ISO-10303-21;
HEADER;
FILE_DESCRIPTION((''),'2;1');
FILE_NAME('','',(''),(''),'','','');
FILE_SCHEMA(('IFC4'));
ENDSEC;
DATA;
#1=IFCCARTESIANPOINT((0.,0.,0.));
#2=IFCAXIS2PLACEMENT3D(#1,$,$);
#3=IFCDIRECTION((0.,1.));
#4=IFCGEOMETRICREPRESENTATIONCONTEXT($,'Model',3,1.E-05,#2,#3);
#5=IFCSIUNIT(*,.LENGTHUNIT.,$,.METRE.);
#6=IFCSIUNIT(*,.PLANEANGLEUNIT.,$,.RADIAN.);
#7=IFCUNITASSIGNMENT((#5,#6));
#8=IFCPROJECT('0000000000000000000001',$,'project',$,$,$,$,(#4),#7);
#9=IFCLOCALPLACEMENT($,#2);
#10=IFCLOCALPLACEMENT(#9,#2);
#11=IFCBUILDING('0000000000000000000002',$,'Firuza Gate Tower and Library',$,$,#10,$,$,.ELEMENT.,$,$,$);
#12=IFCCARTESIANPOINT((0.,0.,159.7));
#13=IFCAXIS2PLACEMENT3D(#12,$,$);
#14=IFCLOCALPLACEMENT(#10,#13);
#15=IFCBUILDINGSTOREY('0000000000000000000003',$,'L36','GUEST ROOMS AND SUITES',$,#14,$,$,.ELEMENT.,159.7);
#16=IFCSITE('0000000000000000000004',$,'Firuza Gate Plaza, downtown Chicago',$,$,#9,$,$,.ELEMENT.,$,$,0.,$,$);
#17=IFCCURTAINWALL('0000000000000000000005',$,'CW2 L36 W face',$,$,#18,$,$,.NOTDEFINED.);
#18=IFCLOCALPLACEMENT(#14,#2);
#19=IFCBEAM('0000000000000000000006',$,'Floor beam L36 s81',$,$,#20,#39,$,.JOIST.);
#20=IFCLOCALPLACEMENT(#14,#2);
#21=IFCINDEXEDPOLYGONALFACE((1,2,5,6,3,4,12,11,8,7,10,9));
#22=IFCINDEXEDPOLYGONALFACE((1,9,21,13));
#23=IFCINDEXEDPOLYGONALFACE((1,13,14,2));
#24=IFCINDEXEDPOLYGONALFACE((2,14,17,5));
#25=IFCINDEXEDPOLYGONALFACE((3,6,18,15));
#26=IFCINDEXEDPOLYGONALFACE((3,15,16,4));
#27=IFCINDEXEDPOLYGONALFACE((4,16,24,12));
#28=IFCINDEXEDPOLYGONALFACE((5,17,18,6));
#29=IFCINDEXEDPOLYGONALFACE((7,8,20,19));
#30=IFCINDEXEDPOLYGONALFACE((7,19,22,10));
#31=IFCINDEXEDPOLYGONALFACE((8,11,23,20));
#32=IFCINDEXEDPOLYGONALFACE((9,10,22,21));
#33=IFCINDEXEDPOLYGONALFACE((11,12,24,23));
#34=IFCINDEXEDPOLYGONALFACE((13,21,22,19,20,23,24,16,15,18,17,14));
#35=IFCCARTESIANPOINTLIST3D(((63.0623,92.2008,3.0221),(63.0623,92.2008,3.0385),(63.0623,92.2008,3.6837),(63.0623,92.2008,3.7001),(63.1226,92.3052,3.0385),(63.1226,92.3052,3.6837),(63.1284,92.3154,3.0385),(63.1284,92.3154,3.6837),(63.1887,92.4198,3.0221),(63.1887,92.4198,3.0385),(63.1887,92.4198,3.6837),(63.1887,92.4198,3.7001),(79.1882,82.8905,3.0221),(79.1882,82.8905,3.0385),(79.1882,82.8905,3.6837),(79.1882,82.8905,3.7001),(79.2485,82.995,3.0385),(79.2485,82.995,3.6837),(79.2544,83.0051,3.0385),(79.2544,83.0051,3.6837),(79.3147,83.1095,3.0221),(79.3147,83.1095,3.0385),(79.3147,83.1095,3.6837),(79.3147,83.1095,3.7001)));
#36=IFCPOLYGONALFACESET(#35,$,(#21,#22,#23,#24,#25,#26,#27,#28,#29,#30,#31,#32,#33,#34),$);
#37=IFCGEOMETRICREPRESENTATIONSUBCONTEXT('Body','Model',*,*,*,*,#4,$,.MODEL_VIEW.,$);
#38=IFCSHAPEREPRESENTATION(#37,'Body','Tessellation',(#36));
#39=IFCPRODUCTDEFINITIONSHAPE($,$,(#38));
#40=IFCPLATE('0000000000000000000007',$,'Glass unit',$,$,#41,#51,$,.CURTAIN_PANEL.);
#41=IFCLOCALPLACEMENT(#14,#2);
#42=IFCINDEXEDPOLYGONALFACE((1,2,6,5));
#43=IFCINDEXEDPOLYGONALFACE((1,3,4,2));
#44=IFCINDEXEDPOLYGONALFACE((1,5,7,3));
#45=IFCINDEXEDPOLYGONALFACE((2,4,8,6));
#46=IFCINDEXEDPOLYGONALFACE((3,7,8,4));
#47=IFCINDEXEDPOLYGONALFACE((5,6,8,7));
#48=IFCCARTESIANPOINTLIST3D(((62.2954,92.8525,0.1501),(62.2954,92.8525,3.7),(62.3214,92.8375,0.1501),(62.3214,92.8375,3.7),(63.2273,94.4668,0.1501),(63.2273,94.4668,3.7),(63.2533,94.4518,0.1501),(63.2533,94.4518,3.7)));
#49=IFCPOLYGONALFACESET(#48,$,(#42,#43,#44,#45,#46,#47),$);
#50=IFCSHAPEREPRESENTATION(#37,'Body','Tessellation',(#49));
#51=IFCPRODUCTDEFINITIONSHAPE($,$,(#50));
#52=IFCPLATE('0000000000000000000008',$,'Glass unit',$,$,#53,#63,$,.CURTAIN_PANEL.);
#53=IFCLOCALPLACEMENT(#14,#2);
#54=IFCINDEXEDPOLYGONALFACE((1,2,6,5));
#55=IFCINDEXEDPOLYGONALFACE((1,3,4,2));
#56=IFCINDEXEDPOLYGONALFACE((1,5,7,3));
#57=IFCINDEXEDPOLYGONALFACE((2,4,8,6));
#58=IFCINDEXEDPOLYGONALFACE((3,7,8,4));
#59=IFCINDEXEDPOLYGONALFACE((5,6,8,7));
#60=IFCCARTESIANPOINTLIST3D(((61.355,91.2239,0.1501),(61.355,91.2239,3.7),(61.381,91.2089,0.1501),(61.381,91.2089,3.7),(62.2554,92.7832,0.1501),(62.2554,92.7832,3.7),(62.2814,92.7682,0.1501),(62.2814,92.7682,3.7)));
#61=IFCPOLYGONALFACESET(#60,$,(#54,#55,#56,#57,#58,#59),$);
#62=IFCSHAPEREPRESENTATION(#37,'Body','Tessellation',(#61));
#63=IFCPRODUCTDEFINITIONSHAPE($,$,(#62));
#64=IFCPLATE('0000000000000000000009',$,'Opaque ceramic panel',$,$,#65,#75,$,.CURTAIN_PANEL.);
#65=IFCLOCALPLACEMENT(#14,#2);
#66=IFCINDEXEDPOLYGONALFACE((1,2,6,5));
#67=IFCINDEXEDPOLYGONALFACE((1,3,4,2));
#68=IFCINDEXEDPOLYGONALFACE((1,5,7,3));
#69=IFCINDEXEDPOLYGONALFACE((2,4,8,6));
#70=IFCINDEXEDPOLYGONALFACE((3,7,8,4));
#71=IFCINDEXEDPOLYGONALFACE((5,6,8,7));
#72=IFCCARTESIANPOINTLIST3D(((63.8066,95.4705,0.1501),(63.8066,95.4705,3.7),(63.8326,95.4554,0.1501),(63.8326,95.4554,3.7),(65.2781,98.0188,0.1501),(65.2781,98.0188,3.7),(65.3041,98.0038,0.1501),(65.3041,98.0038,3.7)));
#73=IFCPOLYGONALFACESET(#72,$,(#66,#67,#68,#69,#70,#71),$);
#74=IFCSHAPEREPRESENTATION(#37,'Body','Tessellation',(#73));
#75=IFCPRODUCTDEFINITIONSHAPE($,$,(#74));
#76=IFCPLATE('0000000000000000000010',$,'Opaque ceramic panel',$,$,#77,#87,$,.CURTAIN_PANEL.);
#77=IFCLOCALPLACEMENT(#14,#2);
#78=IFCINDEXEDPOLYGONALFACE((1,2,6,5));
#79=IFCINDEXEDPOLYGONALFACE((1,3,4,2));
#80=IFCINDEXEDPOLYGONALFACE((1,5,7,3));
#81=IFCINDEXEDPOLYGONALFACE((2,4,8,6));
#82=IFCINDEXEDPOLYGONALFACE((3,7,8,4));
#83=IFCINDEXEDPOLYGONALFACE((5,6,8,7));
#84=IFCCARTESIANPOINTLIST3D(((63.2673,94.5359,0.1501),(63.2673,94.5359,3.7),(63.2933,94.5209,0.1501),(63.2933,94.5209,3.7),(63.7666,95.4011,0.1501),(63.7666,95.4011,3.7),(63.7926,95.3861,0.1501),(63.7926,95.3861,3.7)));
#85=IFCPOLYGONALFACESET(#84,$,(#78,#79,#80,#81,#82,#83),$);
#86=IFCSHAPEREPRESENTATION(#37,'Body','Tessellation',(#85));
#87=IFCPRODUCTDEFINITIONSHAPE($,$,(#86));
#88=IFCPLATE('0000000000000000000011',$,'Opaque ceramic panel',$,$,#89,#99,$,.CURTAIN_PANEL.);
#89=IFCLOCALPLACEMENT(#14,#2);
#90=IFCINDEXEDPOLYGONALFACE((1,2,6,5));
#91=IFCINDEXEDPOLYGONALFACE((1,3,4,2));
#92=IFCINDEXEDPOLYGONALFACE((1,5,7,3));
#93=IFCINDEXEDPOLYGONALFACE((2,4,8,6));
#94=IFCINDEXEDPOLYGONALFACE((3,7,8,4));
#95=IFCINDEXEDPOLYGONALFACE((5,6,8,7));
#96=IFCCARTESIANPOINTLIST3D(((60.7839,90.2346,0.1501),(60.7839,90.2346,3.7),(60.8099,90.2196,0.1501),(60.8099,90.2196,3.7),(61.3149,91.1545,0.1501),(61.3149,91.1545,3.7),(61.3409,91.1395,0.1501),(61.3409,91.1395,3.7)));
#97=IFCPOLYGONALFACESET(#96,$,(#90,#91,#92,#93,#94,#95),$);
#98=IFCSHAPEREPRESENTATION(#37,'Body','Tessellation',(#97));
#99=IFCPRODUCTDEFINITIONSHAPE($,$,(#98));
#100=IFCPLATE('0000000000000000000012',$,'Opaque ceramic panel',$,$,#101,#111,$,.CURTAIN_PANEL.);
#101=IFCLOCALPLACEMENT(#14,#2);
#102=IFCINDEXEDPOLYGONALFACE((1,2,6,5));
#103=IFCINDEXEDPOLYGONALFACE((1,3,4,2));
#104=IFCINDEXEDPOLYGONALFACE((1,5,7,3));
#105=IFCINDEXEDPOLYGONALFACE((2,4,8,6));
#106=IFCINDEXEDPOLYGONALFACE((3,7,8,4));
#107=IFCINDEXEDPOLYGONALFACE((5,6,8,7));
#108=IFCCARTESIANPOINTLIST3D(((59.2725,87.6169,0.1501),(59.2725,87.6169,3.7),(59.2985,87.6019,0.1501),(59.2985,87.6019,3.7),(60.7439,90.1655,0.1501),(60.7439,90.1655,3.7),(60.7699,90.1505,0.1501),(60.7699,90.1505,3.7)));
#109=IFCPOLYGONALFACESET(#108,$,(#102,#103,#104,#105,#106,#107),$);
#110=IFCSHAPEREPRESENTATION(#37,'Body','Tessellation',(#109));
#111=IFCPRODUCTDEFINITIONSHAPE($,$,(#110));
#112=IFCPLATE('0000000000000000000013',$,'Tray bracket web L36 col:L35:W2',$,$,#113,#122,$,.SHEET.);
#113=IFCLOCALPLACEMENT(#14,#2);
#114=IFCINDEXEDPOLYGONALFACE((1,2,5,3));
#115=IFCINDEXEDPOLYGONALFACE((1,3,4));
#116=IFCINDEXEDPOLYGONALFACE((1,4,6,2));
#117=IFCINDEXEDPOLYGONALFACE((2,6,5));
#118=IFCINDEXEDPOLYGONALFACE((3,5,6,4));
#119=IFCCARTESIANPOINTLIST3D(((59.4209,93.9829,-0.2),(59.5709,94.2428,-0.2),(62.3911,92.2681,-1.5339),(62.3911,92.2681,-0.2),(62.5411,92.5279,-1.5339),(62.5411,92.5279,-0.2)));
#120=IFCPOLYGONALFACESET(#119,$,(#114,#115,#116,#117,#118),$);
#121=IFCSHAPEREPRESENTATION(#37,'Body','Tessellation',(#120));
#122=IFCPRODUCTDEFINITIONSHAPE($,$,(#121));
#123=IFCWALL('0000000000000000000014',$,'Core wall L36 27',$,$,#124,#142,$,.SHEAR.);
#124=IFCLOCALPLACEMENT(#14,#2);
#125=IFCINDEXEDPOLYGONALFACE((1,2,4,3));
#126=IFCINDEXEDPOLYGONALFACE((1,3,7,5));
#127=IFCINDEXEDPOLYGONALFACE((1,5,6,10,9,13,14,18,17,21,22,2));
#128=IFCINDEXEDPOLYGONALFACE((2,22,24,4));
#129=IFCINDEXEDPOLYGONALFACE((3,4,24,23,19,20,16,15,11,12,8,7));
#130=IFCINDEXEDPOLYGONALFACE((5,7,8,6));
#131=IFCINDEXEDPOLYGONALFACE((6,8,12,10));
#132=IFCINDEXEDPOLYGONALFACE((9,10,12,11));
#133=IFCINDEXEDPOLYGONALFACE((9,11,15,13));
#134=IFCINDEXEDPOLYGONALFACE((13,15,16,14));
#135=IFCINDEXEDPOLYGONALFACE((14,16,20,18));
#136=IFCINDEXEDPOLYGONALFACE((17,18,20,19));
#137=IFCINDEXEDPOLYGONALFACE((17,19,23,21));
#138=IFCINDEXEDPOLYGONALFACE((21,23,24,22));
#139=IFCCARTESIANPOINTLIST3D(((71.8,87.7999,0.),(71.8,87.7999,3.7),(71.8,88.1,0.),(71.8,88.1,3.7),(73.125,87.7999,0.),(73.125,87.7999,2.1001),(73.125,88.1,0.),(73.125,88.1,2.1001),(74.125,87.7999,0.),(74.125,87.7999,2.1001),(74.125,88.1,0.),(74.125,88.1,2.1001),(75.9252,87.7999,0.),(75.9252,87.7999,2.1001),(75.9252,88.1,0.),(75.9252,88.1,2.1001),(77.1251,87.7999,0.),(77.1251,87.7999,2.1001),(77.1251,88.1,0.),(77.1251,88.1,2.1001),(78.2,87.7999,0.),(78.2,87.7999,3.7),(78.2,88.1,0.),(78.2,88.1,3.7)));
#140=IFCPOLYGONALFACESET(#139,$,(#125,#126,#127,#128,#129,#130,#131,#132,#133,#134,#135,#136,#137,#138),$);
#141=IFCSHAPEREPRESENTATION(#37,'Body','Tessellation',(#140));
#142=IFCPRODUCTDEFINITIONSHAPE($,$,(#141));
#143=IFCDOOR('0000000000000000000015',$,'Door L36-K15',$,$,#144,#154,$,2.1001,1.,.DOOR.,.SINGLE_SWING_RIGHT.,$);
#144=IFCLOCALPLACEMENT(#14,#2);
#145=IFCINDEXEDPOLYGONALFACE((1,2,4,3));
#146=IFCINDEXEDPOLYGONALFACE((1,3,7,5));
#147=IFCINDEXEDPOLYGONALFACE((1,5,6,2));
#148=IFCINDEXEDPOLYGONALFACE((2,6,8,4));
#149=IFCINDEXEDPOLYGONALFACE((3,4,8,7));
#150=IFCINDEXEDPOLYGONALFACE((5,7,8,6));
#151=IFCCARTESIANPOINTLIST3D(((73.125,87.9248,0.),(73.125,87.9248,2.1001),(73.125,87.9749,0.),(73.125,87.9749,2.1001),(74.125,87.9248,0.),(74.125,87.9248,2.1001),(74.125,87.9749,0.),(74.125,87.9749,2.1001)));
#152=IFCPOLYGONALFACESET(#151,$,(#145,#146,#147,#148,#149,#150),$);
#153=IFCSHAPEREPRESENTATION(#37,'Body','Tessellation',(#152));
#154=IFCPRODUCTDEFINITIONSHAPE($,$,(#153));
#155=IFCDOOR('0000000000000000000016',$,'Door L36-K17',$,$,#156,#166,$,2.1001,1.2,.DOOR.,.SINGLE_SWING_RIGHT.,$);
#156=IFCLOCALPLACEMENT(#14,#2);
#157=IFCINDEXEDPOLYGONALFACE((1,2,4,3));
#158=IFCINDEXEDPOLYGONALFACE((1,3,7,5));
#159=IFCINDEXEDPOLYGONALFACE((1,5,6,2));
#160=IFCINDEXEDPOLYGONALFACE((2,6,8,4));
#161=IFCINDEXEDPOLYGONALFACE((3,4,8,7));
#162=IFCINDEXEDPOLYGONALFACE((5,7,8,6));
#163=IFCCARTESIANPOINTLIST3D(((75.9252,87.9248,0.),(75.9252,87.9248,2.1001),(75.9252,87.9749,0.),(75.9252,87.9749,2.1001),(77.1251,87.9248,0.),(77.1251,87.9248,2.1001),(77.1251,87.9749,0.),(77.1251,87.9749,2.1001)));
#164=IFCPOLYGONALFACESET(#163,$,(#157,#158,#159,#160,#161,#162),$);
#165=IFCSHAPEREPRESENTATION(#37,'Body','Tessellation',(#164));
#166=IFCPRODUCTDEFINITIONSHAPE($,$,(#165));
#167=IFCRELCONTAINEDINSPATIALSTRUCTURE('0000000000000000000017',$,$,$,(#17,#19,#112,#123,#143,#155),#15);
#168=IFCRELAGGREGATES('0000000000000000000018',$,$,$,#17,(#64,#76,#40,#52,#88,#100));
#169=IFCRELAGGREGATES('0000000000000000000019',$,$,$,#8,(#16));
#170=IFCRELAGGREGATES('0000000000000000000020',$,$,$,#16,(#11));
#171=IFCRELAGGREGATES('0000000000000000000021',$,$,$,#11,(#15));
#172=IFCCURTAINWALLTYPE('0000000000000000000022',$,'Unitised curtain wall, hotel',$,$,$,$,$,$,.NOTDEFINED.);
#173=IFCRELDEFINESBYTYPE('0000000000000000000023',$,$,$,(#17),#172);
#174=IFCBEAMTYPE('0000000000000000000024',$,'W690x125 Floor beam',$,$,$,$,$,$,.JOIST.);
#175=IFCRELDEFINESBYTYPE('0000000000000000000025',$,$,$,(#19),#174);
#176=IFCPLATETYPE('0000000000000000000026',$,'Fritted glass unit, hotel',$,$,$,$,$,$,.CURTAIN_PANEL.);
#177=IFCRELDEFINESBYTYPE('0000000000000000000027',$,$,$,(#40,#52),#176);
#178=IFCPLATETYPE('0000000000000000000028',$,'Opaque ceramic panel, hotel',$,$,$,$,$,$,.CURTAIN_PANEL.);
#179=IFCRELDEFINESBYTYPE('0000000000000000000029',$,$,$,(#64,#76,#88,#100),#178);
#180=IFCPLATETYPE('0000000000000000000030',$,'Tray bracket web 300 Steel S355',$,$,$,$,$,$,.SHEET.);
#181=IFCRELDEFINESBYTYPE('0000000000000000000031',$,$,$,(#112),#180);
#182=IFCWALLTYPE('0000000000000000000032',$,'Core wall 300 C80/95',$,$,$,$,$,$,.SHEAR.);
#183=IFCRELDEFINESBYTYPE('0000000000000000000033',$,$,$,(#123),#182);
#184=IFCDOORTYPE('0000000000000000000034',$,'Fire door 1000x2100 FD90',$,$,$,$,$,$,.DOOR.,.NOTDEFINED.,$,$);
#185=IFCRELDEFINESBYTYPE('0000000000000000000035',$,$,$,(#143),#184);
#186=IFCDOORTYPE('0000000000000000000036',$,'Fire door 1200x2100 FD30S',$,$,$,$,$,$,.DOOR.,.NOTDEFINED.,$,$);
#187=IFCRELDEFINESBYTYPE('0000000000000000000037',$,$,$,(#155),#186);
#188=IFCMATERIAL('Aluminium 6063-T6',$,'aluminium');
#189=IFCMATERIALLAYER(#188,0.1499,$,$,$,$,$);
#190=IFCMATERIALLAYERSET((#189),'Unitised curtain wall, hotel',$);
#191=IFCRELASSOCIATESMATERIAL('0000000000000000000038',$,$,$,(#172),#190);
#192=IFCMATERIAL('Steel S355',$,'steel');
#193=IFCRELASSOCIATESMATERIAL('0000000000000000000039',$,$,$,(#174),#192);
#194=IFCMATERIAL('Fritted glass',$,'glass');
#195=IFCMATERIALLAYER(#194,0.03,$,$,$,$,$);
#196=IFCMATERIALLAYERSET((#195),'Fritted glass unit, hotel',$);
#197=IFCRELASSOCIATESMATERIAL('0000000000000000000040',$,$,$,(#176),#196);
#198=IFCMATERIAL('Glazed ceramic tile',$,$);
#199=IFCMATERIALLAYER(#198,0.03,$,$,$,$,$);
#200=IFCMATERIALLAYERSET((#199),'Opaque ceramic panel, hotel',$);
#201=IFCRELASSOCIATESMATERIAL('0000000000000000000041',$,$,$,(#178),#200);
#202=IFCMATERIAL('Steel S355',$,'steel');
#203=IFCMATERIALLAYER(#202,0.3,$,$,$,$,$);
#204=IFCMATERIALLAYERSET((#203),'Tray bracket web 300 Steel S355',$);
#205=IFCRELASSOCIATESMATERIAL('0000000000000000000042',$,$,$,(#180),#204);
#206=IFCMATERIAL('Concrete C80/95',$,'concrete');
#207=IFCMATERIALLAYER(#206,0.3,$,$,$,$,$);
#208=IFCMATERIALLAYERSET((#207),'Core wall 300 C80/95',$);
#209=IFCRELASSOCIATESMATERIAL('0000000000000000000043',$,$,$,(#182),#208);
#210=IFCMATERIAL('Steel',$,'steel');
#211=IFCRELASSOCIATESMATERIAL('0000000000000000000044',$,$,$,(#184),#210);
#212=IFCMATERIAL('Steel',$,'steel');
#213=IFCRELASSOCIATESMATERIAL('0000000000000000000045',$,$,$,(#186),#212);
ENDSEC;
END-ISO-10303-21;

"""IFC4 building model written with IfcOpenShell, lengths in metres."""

from ifc_helpers import new_model, si_unit, direction, frame, frame_2d, origin, origin_2d, place, context, subcontext, project, spatial, polyline, rectangle, i_section, outline, extrude, material, layer, layer_set, material_profile, profile_set, type_object, element, fill, aggregate, save


model = new_model("IFC4")

# Units and contexts
model_context = context("Model", 3, precision=1e-05, world=origin(), true_north=direction((0.0, 1.0)))
body_context = subcontext(model_context, "Body", "Model", "MODEL_VIEW")
ifc_project = project(units=[si_unit("LENGTHUNIT", "METRE"), si_unit("PLANEANGLEUNIT", "RADIAN")], contexts=[model_context])

# Site, building, storey
site_placement = place(None, origin())
site = spatial("IfcSite", under=ifc_project, at=site_placement, Name="Firuza Gate Plaza, downtown Chicago", CompositionType="ELEMENT", RefElevation=0.0)
building_placement = place(site_placement, origin())
building = spatial("IfcBuilding", under=site, at=building_placement, Name="Firuza Gate Tower and Library", CompositionType="ELEMENT")
storey_placement = place(building_placement, frame((0.0, 0.0, 159.7)))
storey = spatial("IfcBuildingStorey", under=building, at=storey_placement, Name="L36", Description="GUEST ROOMS AND SUITES", CompositionType="ELEMENT", Elevation=159.7)

# Curtain wall
ifc_material_1 = material(Name="Aluminium 6063-T6", Category="aluminium")
ifc_layer_1 = layer(ifc_material_1, 0.1499)
ifc_layer_set_1 = layer_set([ifc_layer_1], Name="Unitised curtain wall, hotel")
curtain_wall_type = type_object("IfcCurtainWallType", Name="Unitised curtain wall, hotel", PredefinedType="NOTDEFINED", material=ifc_layer_set_1)
placement = place(storey_placement, origin())
curtain_wall = element("IfcCurtainWall", 1, at=placement, inside=storey, type_object=curtain_wall_type, Name="CW2 L36 W face", PredefinedType="NOTDEFINED")

# Beam
ifc_material_2 = material(Name="Steel S355", Category="steel")
ifc_material_profile_1 = material_profile(ifc_material_2, i_section(OverallWidth=0.2529, OverallDepth=0.678, WebThickness=0.0117, FlangeThickness=0.0164, at=origin_2d()))
ifc_profile_set_1 = profile_set([ifc_material_profile_1], Name="Steel S355")
beam_type_1 = type_object("IfcBeamType", Name="W690x125 Floor beam", PredefinedType="JOIST", material=ifc_profile_set_1)
beam_1_placement = place(storey_placement, frame((63.1255, 92.3103, 3.3611), z_axis=(0.866026, -0.499999, 0.0), x_axis=(0.499999, 0.866026, 0.0)))
element("IfcBeam", 2, at=beam_1_placement, inside=storey, type_object=beam_type_1, Name="Floor beam L36 s81", PredefinedType="JOIST", context=body_context, shape_type="SweptSolid", body=[
    extrude(i_section(OverallWidth=0.2529, OverallDepth=0.678, WebThickness=0.0117, FlangeThickness=0.0164, at=origin_2d()), origin(), (0.0, 0.0, 1.0), 18.6206),
])

# Plates
ifc_material_3 = material(Name="Fritted glass", Category="glass")
ifc_layer_2 = layer(ifc_material_3, 0.03)
ifc_layer_set_2 = layer_set([ifc_layer_2], Name="Fritted glass unit, hotel")
plate_type_1 = type_object("IfcPlateType", Name="Fritted glass unit, hotel", PredefinedType="CURTAIN_PANEL", material=ifc_layer_set_2)
plate_1_placement = place(storey_placement, frame((63.2273, 94.4668, 0.1501), z_axis=(-0.86605, 0.499957, 0.0), x_axis=(-0.499957, -0.86605, 0.0)))
plate_1 = element("IfcPlate", 3, at=plate_1_placement, type_object=plate_type_1, Name="Glass unit", PredefinedType="CURTAIN_PANEL", context=body_context, shape_type="SweptSolid", body=[
    extrude(outline(polyline([(0.0, 0.0), (1.8639, 0.0), (1.8639, 3.5498), (0.0, 3.5498), (0.0, 0.0)])), origin(), (0.0, 0.0, -1.0), 0.03),
])
plate_2_placement = place(storey_placement, frame((62.2554, 92.7832, 0.1501), z_axis=(-0.865998, 0.500047, 0.0), x_axis=(-0.500047, -0.865998, 0.0)))
plate_2 = element("IfcPlate", 4, at=plate_2_placement, type_object=plate_type_1, Name="Glass unit", PredefinedType="CURTAIN_PANEL", context=body_context, shape_type="SweptSolid", body=[
    extrude(outline(polyline([(0.0, 0.0), (1.8006, 0.0), (1.8006, 3.5498), (0.0, 3.5498), (0.0, 0.0)])), origin(), (0.0, 0.0, -1.0), 0.03),
])
ifc_material_4 = material(Name="Glazed ceramic tile")
ifc_layer_3 = layer(ifc_material_4, 0.03)
ifc_layer_set_3 = layer_set([ifc_layer_3], Name="Opaque ceramic panel, hotel")
plate_type_2 = type_object("IfcPlateType", Name="Opaque ceramic panel, hotel", PredefinedType="CURTAIN_PANEL", material=ifc_layer_set_3)
plate_3_placement = place(storey_placement, frame((65.2781, 98.0188, 0.1501), z_axis=(-0.866003, 0.500038, 0.0), x_axis=(-0.500038, -0.866003, 0.0)))
plate_3 = element("IfcPlate", 5, at=plate_3_placement, type_object=plate_type_2, Name="Opaque ceramic panel", PredefinedType="CURTAIN_PANEL", context=body_context, shape_type="SweptSolid", body=[
    extrude(outline(polyline([(0.0, 0.0), (2.9426, 0.0), (2.9426, 3.5498), (0.0, 3.5498), (0.0, 0.0)])), origin(), (0.0, 0.0, -1.0), 0.03),
])
plate_4_placement = place(storey_placement, frame((63.7666, 95.4011, 0.1501), z_axis=(-0.866145, 0.499793, 0.0), x_axis=(-0.499793, -0.866145, 0.0)))
plate_4 = element("IfcPlate", 6, at=plate_4_placement, type_object=plate_type_2, Name="Opaque ceramic panel", PredefinedType="CURTAIN_PANEL", context=body_context, shape_type="SweptSolid", body=[
    extrude(outline(polyline([(0.0, 0.0), (0.9989, 0.0), (0.9989, 3.5498), (0.0, 3.5498), (0.0, 0.0)])), origin(), (0.0, 0.0, -1.0), 0.03),
])
plate_5_placement = place(storey_placement, frame((61.3149, 91.1545, 0.1501), z_axis=(-0.866071, 0.499921, 0.0), x_axis=(-0.499921, -0.866071, 0.0)))
plate_5 = element("IfcPlate", 7, at=plate_5_placement, type_object=plate_type_2, Name="Opaque ceramic panel", PredefinedType="CURTAIN_PANEL", context=body_context, shape_type="SweptSolid", body=[
    extrude(outline(polyline([(0.0, 0.0), (1.0622, 0.0), (1.0622, 3.5498), (0.0, 3.5498), (0.0, 0.0)])), origin(), (0.0, 0.0, -1.0), 0.03),
])
plate_6_placement = place(storey_placement, frame((60.7439, 90.1655, 0.1501), z_axis=(-0.866024, 0.500003, 0.0), x_axis=(-0.500003, -0.866024, 0.0)))
plate_6 = element("IfcPlate", 8, at=plate_6_placement, type_object=plate_type_2, Name="Opaque ceramic panel", PredefinedType="CURTAIN_PANEL", context=body_context, shape_type="SweptSolid", body=[
    extrude(outline(polyline([(0.0, 0.0), (2.9429, 0.0), (2.9429, 3.5498), (0.0, 3.5498), (0.0, 0.0)])), origin(), (0.0, 0.0, -1.0), 0.03),
])
aggregate(curtain_wall, [plate_3, plate_4, plate_1, plate_2, plate_5, plate_6])
ifc_material_5 = material(Name="Steel S355", Category="steel")
ifc_layer_4 = layer(ifc_material_5, 0.3)
ifc_layer_set_4 = layer_set([ifc_layer_4], Name="Tray bracket web 300 Steel S355")
plate_type_3 = type_object("IfcPlateType", Name="Tray bracket web 300 Steel S355", PredefinedType="SHEET", material=ifc_layer_set_4)
plate_7_placement = place(storey_placement, frame((62.3911, 92.2681, -0.2), z_axis=(-0.499998, -0.866027, 0.0), x_axis=(-0.866027, 0.499998, 0.0)))
element("IfcPlate", 9, at=plate_7_placement, inside=storey, type_object=plate_type_3, Name="Tray bracket web L36 col:L35:W2", PredefinedType="SHEET", context=body_context, shape_type="SweptSolid", body=[
    extrude(outline(polyline([(0.0, 0.0), (3.4297, 0.0), (0.0, 1.334), (0.0, 0.0)])), origin(), (0.0, 0.0, -1.0), 0.3),
])

# Wall, openings, doors
ifc_material_6 = material(Name="Concrete C80/95", Category="concrete")
ifc_layer_5 = layer(ifc_material_6, 0.3)
ifc_layer_set_5 = layer_set([ifc_layer_5], Name="Core wall 300 C80/95")
wall_type_1 = type_object("IfcWallType", Name="Core wall 300 C80/95", PredefinedType="SHEAR", material=ifc_layer_set_5)
wall_1_placement = place(storey_placement, frame((71.8, 87.95, 0.0), z_axis=(0.0, 0.0, 1.0), x_axis=(1.0, 0.0, 0.0)))
wall_1 = element("IfcWall", 10, at=wall_1_placement, inside=storey, type_object=wall_type_1, Name="Core wall L36 27", PredefinedType="SHEAR", context=body_context, shape_type="SweptSolid", body=[
    extrude(rectangle(XDim=6.3999, YDim=0.3, at=frame_2d((3.2, 0.0))), origin(), (0.0, 0.0, 1.0), 3.7),
])
opening_1_placement = place(wall_1_placement, frame((1.325, 0.0, 0.0)))
opening_1 = element("IfcOpeningElement", 11, at=opening_1_placement, cuts=wall_1, PredefinedType="OPENING", context=body_context, shape_type="SweptSolid", body=[
    extrude(rectangle(XDim=1.0, YDim=2.1001, at=frame_2d((0.5, 1.05))), frame((0.0, 0.1602, 0.0), z_axis=(0.0, -1.0, 0.0), x_axis=(1.0, 0.0, 0.0)), (0.0, 0.0, 1.0), 0.3201),
])
opening_2_placement = place(wall_1_placement, frame((4.125, 0.0, 0.0)))
opening_2 = element("IfcOpeningElement", 12, at=opening_2_placement, cuts=wall_1, PredefinedType="OPENING", context=body_context, shape_type="SweptSolid", body=[
    extrude(rectangle(XDim=1.2, YDim=2.1001, at=frame_2d((0.6001, 1.05))), frame((0.0, 0.1602, 0.0), z_axis=(0.0, -1.0, 0.0), x_axis=(1.0, 0.0, 0.0)), (0.0, 0.0, 1.0), 0.3201),
])
ifc_material_7 = material(Name="Steel", Category="steel")
door_type_1 = type_object("IfcDoorType", Name="Fire door 1000x2100 FD90", OperationType="NOTDEFINED", PredefinedType="DOOR", material=ifc_material_7)
door_1_placement = place(opening_1_placement, origin())
door_1 = element("IfcDoor", 13, at=door_1_placement, inside=storey, type_object=door_type_1, Name="Door L36-K15", OperationType="SINGLE_SWING_RIGHT", OverallHeight=2.1001, OverallWidth=1.0, PredefinedType="DOOR", context=body_context, shape_type="SweptSolid", body=[
    extrude(rectangle(XDim=1.0, YDim=2.1001, at=frame_2d((0.5, 1.05))), frame((0.0, 0.0249, 0.0), z_axis=(0.0, -1.0, 0.0), x_axis=(1.0, 0.0, 0.0)), (0.0, 0.0, 1.0), 0.05),
])
fill(opening_1, door_1)
ifc_material_8 = material(Name="Steel", Category="steel")
door_type_2 = type_object("IfcDoorType", Name="Fire door 1200x2100 FD30S", OperationType="NOTDEFINED", PredefinedType="DOOR", material=ifc_material_8)
door_2_placement = place(opening_2_placement, origin())
door_2 = element("IfcDoor", 14, at=door_2_placement, inside=storey, type_object=door_type_2, Name="Door L36-K17", OperationType="SINGLE_SWING_RIGHT", OverallHeight=2.1001, OverallWidth=1.2, PredefinedType="DOOR", context=body_context, shape_type="SweptSolid", body=[
    extrude(rectangle(XDim=1.2, YDim=2.1001, at=frame_2d((0.6001, 1.05))), frame((0.0, 0.0249, 0.0), z_axis=(0.0, -1.0, 0.0), x_axis=(1.0, 0.0, 0.0)), (0.0, 0.0, 1.0), 0.05),
])
fill(opening_2, door_2)

save(model, "model.ifc")
